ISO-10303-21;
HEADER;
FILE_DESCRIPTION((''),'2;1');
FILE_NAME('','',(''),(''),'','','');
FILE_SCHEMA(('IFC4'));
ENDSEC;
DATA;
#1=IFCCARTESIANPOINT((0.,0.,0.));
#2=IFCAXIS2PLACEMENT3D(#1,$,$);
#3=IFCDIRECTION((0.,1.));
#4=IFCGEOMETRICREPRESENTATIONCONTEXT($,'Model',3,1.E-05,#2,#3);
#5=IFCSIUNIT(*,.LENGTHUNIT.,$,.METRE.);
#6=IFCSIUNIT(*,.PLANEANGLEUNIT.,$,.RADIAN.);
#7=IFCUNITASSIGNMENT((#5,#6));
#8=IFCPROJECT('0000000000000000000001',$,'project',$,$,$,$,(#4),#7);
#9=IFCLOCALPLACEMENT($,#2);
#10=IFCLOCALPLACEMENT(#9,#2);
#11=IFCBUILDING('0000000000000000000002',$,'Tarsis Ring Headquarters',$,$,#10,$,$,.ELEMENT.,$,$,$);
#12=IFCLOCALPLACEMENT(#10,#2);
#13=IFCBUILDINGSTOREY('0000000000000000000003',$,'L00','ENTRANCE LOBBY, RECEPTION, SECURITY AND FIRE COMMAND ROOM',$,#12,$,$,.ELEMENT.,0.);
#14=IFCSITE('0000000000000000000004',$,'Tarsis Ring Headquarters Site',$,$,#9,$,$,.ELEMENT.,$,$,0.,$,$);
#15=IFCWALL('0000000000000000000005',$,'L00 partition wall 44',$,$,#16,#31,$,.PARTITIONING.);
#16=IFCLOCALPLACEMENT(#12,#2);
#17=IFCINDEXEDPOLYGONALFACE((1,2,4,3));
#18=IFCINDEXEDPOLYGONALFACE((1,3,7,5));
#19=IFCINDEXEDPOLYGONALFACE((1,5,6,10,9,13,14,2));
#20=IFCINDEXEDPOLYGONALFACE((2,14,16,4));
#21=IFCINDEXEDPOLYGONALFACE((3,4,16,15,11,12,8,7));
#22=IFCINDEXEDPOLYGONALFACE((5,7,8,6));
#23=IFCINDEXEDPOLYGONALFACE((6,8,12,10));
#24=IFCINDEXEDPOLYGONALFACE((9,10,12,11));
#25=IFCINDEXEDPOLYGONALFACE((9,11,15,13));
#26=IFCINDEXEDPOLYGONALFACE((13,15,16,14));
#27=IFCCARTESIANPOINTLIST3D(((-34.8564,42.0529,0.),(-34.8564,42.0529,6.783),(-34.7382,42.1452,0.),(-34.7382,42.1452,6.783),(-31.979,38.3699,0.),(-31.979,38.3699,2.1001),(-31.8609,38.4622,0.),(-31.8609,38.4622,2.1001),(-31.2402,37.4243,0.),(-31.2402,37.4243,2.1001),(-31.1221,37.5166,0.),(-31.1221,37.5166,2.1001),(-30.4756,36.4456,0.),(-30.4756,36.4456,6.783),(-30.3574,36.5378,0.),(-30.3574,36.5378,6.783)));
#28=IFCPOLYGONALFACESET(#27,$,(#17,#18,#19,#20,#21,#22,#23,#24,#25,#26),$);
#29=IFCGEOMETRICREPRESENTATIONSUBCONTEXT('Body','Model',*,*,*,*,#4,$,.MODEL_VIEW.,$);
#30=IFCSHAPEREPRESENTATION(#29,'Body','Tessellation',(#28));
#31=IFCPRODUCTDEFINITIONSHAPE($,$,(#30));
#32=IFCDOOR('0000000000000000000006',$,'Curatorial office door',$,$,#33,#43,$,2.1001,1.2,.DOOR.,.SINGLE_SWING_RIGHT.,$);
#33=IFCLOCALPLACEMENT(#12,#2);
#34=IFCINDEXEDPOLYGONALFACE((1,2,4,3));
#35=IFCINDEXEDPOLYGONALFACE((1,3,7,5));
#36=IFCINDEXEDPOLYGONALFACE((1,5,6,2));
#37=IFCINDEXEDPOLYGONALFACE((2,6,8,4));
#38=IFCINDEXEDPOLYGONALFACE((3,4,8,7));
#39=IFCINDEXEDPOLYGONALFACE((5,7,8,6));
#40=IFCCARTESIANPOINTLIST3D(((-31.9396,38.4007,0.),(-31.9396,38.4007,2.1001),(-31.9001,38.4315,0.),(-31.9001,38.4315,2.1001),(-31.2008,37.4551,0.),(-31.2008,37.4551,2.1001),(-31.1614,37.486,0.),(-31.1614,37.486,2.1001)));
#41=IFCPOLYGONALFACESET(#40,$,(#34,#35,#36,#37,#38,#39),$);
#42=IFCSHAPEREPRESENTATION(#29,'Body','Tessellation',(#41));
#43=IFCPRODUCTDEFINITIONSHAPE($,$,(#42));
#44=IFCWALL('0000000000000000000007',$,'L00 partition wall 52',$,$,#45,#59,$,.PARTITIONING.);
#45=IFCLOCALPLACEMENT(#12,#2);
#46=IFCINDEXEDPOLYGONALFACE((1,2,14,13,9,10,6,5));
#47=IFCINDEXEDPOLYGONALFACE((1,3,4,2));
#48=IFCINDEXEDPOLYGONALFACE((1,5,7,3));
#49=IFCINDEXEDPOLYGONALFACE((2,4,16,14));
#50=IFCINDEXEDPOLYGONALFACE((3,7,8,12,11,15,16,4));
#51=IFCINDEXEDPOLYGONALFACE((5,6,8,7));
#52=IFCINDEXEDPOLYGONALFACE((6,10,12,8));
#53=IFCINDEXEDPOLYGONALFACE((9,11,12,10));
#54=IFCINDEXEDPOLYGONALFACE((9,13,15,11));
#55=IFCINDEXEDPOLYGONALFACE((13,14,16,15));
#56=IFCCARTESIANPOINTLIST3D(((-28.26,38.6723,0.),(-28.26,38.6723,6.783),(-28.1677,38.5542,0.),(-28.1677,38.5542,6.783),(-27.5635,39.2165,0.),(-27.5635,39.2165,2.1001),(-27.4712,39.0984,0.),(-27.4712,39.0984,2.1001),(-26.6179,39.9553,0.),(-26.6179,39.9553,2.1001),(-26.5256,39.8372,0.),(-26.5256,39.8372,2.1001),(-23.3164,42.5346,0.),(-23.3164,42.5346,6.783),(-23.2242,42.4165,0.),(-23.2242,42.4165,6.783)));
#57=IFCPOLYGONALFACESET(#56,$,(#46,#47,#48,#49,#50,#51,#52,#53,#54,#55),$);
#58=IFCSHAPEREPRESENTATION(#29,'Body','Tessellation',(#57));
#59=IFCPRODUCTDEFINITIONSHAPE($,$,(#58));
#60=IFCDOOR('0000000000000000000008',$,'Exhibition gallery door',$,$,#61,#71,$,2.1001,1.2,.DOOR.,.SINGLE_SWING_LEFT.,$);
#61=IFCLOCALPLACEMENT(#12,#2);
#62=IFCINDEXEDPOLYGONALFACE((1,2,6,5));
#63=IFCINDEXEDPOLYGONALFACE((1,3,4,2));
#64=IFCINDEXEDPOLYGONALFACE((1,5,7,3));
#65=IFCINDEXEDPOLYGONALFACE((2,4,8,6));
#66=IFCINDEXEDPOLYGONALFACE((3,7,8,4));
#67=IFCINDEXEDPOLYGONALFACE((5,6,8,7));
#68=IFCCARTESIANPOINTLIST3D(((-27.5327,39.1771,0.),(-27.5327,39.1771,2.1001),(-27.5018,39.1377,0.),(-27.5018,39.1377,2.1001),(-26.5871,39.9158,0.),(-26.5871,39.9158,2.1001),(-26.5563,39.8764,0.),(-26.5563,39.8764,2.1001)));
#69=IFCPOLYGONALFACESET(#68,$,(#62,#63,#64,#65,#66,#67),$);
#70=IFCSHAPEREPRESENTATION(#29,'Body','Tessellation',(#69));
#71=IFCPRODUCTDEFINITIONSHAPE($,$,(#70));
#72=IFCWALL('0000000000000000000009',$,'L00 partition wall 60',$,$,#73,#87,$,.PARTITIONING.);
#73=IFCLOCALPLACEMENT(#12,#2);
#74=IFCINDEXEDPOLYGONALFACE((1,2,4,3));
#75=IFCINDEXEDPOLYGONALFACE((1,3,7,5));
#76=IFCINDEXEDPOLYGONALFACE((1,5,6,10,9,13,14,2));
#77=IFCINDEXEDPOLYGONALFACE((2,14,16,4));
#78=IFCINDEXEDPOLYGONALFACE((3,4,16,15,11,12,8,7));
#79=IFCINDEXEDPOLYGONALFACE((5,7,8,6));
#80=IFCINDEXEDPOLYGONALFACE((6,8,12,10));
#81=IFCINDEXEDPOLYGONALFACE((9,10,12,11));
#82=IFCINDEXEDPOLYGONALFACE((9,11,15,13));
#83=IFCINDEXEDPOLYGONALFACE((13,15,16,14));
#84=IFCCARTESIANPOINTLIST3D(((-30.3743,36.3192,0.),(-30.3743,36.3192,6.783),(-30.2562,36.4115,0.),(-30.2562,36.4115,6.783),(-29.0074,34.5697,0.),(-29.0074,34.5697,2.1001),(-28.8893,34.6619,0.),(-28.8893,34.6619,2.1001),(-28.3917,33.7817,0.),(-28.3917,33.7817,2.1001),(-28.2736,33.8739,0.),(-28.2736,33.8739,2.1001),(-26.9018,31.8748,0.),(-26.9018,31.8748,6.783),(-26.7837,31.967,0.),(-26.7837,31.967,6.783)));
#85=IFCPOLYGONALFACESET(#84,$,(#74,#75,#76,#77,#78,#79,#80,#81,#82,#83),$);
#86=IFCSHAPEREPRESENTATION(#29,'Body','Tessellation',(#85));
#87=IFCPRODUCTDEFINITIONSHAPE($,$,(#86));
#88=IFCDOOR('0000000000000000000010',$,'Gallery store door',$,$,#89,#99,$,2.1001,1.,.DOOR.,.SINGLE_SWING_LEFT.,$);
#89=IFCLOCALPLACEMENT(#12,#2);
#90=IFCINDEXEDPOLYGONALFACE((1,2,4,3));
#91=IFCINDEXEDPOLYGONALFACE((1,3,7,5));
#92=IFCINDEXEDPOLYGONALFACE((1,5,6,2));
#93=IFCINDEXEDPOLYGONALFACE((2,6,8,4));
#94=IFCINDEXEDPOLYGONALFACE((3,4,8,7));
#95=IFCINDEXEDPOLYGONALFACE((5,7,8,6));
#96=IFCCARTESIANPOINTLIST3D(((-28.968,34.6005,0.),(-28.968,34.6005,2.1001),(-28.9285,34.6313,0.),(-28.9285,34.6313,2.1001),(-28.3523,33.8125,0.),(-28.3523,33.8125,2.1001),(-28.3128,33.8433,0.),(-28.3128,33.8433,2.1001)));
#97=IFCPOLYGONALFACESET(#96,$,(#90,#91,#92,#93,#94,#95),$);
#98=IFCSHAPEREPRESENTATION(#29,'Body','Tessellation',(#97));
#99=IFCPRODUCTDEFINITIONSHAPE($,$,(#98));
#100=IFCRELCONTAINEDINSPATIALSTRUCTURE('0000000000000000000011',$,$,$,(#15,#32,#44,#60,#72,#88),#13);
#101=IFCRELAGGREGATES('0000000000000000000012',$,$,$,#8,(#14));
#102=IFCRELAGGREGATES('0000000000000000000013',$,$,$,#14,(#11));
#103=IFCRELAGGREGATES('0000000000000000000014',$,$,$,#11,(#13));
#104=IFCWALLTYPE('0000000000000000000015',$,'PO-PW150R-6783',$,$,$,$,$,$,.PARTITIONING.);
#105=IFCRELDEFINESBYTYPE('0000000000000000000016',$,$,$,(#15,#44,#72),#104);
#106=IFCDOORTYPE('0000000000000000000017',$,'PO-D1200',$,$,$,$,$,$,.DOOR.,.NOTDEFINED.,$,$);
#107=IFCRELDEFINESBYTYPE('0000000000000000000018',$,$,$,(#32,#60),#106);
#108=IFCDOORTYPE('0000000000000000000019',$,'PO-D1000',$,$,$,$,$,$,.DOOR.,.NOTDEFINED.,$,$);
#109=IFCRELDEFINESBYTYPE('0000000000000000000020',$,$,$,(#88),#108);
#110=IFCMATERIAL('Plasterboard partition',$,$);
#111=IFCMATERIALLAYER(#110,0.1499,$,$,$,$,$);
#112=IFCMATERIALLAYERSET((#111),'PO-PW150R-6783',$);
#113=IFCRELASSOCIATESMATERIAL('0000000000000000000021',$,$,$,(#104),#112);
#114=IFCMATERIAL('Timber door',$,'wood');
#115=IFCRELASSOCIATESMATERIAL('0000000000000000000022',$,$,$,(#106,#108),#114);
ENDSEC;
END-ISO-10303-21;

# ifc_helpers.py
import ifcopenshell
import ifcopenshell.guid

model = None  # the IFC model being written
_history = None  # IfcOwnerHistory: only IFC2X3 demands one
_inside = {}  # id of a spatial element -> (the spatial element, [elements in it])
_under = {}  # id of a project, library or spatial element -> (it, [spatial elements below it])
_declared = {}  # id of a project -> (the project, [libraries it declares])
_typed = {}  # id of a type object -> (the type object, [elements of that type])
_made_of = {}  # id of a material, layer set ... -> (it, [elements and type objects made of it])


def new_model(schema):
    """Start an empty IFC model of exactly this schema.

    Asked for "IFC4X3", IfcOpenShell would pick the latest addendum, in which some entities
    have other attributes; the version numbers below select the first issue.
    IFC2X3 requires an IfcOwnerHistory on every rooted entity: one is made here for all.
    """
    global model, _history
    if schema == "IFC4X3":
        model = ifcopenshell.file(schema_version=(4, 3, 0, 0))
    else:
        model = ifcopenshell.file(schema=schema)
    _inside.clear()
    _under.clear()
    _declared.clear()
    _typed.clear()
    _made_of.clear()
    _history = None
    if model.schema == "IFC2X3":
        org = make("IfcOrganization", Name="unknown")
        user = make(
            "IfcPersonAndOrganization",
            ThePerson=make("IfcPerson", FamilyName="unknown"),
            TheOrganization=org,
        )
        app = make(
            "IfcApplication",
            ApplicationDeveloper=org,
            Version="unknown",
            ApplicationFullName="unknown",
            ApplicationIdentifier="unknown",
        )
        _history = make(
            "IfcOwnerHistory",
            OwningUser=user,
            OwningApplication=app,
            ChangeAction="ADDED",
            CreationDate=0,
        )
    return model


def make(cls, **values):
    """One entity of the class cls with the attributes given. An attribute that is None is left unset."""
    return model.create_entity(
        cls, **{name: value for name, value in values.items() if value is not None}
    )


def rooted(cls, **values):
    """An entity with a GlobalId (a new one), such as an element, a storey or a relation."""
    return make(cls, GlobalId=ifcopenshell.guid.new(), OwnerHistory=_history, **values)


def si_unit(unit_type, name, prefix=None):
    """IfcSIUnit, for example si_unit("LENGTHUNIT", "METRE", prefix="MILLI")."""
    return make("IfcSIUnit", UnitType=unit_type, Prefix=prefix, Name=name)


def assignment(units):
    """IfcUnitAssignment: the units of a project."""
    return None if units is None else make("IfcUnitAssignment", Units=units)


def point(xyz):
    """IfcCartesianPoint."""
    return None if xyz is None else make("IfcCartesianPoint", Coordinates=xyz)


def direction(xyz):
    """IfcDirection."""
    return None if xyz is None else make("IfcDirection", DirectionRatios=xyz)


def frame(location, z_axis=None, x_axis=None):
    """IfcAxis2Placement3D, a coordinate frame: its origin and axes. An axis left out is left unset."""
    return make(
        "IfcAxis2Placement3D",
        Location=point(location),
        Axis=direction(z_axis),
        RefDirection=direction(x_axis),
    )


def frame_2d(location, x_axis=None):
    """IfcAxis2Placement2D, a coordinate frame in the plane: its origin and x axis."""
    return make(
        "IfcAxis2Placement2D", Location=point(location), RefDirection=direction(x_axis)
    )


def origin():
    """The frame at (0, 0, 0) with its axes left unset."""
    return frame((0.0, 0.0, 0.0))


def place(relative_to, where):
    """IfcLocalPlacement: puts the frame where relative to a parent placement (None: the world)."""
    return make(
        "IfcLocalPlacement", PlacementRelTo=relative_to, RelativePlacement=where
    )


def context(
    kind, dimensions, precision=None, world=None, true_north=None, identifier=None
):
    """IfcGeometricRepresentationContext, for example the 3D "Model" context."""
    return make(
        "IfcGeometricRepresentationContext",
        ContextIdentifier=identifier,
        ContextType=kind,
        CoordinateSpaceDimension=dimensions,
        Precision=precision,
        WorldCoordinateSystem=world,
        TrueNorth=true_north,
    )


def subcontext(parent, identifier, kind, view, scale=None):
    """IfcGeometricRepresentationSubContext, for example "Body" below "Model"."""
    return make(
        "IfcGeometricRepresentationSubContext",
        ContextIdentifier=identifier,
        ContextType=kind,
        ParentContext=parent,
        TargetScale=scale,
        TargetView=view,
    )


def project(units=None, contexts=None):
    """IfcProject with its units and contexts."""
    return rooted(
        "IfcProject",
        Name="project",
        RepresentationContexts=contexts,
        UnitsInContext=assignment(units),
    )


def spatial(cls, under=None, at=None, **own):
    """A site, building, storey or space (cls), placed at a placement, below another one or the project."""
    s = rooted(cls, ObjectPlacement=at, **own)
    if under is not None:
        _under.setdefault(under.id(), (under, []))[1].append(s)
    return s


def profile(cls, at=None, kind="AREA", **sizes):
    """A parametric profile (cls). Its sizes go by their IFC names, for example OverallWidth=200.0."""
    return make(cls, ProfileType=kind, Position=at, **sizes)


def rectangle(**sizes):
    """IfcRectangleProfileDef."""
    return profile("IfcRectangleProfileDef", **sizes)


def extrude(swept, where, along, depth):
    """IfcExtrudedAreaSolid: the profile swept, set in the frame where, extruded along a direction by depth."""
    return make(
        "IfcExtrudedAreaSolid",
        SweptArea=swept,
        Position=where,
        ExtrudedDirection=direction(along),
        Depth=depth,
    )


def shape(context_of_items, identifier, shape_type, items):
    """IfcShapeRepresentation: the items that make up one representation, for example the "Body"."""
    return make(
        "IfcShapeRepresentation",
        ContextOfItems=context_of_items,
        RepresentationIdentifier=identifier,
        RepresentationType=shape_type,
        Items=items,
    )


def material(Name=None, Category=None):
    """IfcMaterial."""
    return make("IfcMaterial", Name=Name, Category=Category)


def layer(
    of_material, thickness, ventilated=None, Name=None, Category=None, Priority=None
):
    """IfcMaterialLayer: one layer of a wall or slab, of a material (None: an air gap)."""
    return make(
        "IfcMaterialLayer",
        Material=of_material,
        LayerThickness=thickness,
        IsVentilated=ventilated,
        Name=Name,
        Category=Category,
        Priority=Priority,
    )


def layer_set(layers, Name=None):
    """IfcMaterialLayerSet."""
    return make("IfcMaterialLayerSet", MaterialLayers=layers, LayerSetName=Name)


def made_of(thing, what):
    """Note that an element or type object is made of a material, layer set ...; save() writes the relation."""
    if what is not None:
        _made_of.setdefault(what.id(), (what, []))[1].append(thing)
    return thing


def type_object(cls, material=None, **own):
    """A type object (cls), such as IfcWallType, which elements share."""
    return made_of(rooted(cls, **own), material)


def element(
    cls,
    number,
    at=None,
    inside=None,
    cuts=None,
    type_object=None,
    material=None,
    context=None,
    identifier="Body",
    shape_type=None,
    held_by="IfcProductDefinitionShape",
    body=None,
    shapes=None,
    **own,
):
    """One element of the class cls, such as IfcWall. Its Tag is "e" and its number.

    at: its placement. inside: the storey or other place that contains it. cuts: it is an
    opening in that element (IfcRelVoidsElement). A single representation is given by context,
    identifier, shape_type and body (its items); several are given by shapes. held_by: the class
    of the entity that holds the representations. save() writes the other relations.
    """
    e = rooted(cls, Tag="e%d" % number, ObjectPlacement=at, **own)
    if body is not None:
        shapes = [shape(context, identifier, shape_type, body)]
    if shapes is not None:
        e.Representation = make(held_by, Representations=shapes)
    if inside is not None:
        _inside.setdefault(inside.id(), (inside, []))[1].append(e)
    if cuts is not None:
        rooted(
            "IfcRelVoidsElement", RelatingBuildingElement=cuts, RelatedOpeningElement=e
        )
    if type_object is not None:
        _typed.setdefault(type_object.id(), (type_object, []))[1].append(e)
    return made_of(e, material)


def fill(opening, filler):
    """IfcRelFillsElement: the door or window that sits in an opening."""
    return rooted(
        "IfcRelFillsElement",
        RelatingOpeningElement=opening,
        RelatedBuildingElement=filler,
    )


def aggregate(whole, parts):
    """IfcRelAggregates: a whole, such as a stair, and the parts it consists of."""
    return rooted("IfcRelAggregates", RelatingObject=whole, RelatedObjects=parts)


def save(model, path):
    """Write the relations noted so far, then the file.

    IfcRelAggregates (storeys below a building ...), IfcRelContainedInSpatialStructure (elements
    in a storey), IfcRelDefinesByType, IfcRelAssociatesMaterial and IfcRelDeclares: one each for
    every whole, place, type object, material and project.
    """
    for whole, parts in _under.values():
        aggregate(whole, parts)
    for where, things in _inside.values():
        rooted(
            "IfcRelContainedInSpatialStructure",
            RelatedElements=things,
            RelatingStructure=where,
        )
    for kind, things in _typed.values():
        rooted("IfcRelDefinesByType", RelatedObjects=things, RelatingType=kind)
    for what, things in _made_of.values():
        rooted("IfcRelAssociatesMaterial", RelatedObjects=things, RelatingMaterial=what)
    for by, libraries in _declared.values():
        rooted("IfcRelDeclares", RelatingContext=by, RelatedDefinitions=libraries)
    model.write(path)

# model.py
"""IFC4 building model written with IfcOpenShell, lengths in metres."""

from ifc_helpers import new_model, si_unit, direction, frame, frame_2d, origin, place, context, subcontext, project, spatial, rectangle, extrude, material, layer, layer_set, type_object, element, fill, save


model = new_model("IFC4")

# Units and contexts
model_context = context("Model", 3, precision=1e-05, world=origin(), true_north=direction((0.0, 1.0)))
body_context = subcontext(model_context, "Body", "Model", "MODEL_VIEW")
ifc_project = project(units=[si_unit("LENGTHUNIT", "METRE"), si_unit("PLANEANGLEUNIT", "RADIAN")], contexts=[model_context])

# Site, building, storey
site_placement = place(None, origin())
site = spatial("IfcSite", under=ifc_project, at=site_placement, Name="Tarsis Ring Headquarters Site", CompositionType="ELEMENT", RefElevation=0.0)
building_placement = place(site_placement, origin())
building = spatial("IfcBuilding", under=site, at=building_placement, Name="Tarsis Ring Headquarters", CompositionType="ELEMENT")
storey_placement = place(building_placement, origin())
storey = spatial("IfcBuildingStorey", under=building, at=storey_placement, Name="L00", Description="ENTRANCE LOBBY, RECEPTION, SECURITY AND FIRE COMMAND ROOM", CompositionType="ELEMENT", Elevation=0.0)

# Shared definitions
ifc_material_1 = material(Name="Plasterboard partition")
ifc_layer_1 = layer(ifc_material_1, 0.1499)
ifc_layer_set_1 = layer_set([ifc_layer_1], Name="PO-PW150R-6783")
wall_type_1 = type_object("IfcWallType", Name="PO-PW150R-6783", PredefinedType="PARTITIONING", material=ifc_layer_set_1)

# Walls, openings, doors
wall_1_placement = place(storey_placement, frame((-30.4165, 36.4917, 0.0), z_axis=(0.0, 0.0, 1.0), x_axis=(-0.615649, 0.78802, 0.0)))
wall_1 = element("IfcWall", 1, at=wall_1_placement, inside=storey, type_object=wall_type_1, Name="L00 partition wall 44", PredefinedType="PARTITIONING", context=body_context, shape_type="SweptSolid", body=[
    extrude(rectangle(XDim=7.1157, YDim=0.1499, at=frame_2d((3.5579, 0.0))), origin(), (0.0, 0.0, 1.0), 6.783),
])
opening_1_placement = place(wall_1_placement, frame((1.2419, 0.0, 0.0)))
opening_1 = element("IfcOpeningElement", 2, at=opening_1_placement, cuts=wall_1, PredefinedType="OPENING", context=body_context, shape_type="SweptSolid", body=[
    extrude(rectangle(XDim=1.2, YDim=2.1001, at=frame_2d((0.6001, 1.05))), frame((0.0, 0.085, 0.0), z_axis=(0.0, -1.0, 0.0), x_axis=(1.0, 0.0, 0.0)), (0.0, 0.0, 1.0), 0.1699),
])
ifc_material_2 = material(Name="Timber door", Category="wood")
door_type_1 = type_object("IfcDoorType", Name="PO-D1200", OperationType="NOTDEFINED", PredefinedType="DOOR", material=ifc_material_2)
door_1_placement = place(opening_1_placement, origin())
door_1 = element("IfcDoor", 3, at=door_1_placement, inside=storey, type_object=door_type_1, Name="Curatorial office door", OperationType="SINGLE_SWING_RIGHT", OverallHeight=2.1001, OverallWidth=1.2, PredefinedType="DOOR", context=body_context, shape_type="SweptSolid", body=[
    extrude(rectangle(XDim=1.2, YDim=2.1001, at=frame_2d((0.6001, 1.05))), frame((0.0, 0.0249, 0.0), z_axis=(0.0, -1.0, 0.0), x_axis=(1.0, 0.0, 0.0)), (0.0, 0.0, 1.0), 0.05),
])
fill(opening_1, door_1)
wall_2_placement = place(storey_placement, frame((-28.2139, 38.6133, 0.0), z_axis=(0.0, 0.0, 1.0), x_axis=(0.788016, 0.615655, 0.0)))
wall_2 = element("IfcWall", 4, at=wall_2_placement, inside=storey, type_object=wall_type_1, Name="L00 partition wall 52", PredefinedType="PARTITIONING", context=body_context, shape_type="SweptSolid", body=[
    extrude(rectangle(XDim=6.2734, YDim=0.1499, at=frame_2d((3.1367, 0.0))), origin(), (0.0, 0.0, 1.0), 6.783),
])
opening_2_placement = place(wall_2_placement, frame((0.8838, 0.0, 0.0)))
opening_2 = element("IfcOpeningElement", 5, at=opening_2_placement, cuts=wall_2, PredefinedType="OPENING", context=body_context, shape_type="SweptSolid", body=[
    extrude(rectangle(XDim=1.2, YDim=2.1001, at=frame_2d((0.6001, 1.05))), frame((0.0, 0.085, 0.0), z_axis=(0.0, -1.0, 0.0), x_axis=(1.0, 0.0, 0.0)), (0.0, 0.0, 1.0), 0.1699),
])
door_2_placement = place(opening_2_placement, origin())
door_2 = element("IfcDoor", 6, at=door_2_placement, inside=storey, type_object=door_type_1, Name="Exhibition gallery door", OperationType="SINGLE_SWING_LEFT", OverallHeight=2.1001, OverallWidth=1.2, PredefinedType="DOOR", context=body_context, shape_type="SweptSolid", body=[
    extrude(rectangle(XDim=1.2, YDim=2.1001, at=frame_2d((0.6001, 1.05))), frame((0.0, 0.0249, 0.0), z_axis=(0.0, -1.0, 0.0), x_axis=(1.0, 0.0, 0.0)), (0.0, 0.0, 1.0), 0.05),
])
fill(opening_2, door_2)
wall_3_placement = place(storey_placement, frame((-26.8428, 31.9209, 0.0), z_axis=(0.0, 0.0, 1.0), x_axis=(-0.615674, 0.788001, 0.0)))
wall_3 = element("IfcWall", 7, at=wall_3_placement, inside=storey, type_object=wall_type_1, Name="L00 partition wall 60", PredefinedType="PARTITIONING", context=body_context, shape_type="SweptSolid", body=[
    extrude(rectangle(XDim=5.6401, YDim=0.1499, at=frame_2d((2.8201, 0.0))), origin(), (0.0, 0.0, 1.0), 6.783),
])
opening_3_placement = place(wall_3_placement, frame((2.4199, 0.0, 0.0)))
opening_3 = element("IfcOpeningElement", 8, at=opening_3_placement, cuts=wall_3, PredefinedType="OPENING", context=body_context, shape_type="SweptSolid", body=[
    extrude(rectangle(XDim=1.0, YDim=2.1001, at=frame_2d((0.5, 1.05))), frame((0.0, 0.085, 0.0), z_axis=(0.0, -1.0, 0.0), x_axis=(1.0, 0.0, 0.0)), (0.0, 0.0, 1.0), 0.1699),
])
door_type_2 = type_object("IfcDoorType", Name="PO-D1000", OperationType="NOTDEFINED", PredefinedType="DOOR", material=ifc_material_2)
door_3_placement = place(opening_3_placement, origin())
door_3 = element("IfcDoor", 9, at=door_3_placement, inside=storey, type_object=door_type_2, Name="Gallery store door", OperationType="SINGLE_SWING_LEFT", OverallHeight=2.1001, OverallWidth=1.0, PredefinedType="DOOR", context=body_context, shape_type="SweptSolid", body=[
    extrude(rectangle(XDim=1.0, YDim=2.1001, at=frame_2d((0.5, 1.05))), frame((0.0, 0.0249, 0.0), z_axis=(0.0, -1.0, 0.0), x_axis=(1.0, 0.0, 0.0)), (0.0, 0.0, 1.0), 0.05),
])
fill(opening_3, door_3)

save(model, "model.ifc")
